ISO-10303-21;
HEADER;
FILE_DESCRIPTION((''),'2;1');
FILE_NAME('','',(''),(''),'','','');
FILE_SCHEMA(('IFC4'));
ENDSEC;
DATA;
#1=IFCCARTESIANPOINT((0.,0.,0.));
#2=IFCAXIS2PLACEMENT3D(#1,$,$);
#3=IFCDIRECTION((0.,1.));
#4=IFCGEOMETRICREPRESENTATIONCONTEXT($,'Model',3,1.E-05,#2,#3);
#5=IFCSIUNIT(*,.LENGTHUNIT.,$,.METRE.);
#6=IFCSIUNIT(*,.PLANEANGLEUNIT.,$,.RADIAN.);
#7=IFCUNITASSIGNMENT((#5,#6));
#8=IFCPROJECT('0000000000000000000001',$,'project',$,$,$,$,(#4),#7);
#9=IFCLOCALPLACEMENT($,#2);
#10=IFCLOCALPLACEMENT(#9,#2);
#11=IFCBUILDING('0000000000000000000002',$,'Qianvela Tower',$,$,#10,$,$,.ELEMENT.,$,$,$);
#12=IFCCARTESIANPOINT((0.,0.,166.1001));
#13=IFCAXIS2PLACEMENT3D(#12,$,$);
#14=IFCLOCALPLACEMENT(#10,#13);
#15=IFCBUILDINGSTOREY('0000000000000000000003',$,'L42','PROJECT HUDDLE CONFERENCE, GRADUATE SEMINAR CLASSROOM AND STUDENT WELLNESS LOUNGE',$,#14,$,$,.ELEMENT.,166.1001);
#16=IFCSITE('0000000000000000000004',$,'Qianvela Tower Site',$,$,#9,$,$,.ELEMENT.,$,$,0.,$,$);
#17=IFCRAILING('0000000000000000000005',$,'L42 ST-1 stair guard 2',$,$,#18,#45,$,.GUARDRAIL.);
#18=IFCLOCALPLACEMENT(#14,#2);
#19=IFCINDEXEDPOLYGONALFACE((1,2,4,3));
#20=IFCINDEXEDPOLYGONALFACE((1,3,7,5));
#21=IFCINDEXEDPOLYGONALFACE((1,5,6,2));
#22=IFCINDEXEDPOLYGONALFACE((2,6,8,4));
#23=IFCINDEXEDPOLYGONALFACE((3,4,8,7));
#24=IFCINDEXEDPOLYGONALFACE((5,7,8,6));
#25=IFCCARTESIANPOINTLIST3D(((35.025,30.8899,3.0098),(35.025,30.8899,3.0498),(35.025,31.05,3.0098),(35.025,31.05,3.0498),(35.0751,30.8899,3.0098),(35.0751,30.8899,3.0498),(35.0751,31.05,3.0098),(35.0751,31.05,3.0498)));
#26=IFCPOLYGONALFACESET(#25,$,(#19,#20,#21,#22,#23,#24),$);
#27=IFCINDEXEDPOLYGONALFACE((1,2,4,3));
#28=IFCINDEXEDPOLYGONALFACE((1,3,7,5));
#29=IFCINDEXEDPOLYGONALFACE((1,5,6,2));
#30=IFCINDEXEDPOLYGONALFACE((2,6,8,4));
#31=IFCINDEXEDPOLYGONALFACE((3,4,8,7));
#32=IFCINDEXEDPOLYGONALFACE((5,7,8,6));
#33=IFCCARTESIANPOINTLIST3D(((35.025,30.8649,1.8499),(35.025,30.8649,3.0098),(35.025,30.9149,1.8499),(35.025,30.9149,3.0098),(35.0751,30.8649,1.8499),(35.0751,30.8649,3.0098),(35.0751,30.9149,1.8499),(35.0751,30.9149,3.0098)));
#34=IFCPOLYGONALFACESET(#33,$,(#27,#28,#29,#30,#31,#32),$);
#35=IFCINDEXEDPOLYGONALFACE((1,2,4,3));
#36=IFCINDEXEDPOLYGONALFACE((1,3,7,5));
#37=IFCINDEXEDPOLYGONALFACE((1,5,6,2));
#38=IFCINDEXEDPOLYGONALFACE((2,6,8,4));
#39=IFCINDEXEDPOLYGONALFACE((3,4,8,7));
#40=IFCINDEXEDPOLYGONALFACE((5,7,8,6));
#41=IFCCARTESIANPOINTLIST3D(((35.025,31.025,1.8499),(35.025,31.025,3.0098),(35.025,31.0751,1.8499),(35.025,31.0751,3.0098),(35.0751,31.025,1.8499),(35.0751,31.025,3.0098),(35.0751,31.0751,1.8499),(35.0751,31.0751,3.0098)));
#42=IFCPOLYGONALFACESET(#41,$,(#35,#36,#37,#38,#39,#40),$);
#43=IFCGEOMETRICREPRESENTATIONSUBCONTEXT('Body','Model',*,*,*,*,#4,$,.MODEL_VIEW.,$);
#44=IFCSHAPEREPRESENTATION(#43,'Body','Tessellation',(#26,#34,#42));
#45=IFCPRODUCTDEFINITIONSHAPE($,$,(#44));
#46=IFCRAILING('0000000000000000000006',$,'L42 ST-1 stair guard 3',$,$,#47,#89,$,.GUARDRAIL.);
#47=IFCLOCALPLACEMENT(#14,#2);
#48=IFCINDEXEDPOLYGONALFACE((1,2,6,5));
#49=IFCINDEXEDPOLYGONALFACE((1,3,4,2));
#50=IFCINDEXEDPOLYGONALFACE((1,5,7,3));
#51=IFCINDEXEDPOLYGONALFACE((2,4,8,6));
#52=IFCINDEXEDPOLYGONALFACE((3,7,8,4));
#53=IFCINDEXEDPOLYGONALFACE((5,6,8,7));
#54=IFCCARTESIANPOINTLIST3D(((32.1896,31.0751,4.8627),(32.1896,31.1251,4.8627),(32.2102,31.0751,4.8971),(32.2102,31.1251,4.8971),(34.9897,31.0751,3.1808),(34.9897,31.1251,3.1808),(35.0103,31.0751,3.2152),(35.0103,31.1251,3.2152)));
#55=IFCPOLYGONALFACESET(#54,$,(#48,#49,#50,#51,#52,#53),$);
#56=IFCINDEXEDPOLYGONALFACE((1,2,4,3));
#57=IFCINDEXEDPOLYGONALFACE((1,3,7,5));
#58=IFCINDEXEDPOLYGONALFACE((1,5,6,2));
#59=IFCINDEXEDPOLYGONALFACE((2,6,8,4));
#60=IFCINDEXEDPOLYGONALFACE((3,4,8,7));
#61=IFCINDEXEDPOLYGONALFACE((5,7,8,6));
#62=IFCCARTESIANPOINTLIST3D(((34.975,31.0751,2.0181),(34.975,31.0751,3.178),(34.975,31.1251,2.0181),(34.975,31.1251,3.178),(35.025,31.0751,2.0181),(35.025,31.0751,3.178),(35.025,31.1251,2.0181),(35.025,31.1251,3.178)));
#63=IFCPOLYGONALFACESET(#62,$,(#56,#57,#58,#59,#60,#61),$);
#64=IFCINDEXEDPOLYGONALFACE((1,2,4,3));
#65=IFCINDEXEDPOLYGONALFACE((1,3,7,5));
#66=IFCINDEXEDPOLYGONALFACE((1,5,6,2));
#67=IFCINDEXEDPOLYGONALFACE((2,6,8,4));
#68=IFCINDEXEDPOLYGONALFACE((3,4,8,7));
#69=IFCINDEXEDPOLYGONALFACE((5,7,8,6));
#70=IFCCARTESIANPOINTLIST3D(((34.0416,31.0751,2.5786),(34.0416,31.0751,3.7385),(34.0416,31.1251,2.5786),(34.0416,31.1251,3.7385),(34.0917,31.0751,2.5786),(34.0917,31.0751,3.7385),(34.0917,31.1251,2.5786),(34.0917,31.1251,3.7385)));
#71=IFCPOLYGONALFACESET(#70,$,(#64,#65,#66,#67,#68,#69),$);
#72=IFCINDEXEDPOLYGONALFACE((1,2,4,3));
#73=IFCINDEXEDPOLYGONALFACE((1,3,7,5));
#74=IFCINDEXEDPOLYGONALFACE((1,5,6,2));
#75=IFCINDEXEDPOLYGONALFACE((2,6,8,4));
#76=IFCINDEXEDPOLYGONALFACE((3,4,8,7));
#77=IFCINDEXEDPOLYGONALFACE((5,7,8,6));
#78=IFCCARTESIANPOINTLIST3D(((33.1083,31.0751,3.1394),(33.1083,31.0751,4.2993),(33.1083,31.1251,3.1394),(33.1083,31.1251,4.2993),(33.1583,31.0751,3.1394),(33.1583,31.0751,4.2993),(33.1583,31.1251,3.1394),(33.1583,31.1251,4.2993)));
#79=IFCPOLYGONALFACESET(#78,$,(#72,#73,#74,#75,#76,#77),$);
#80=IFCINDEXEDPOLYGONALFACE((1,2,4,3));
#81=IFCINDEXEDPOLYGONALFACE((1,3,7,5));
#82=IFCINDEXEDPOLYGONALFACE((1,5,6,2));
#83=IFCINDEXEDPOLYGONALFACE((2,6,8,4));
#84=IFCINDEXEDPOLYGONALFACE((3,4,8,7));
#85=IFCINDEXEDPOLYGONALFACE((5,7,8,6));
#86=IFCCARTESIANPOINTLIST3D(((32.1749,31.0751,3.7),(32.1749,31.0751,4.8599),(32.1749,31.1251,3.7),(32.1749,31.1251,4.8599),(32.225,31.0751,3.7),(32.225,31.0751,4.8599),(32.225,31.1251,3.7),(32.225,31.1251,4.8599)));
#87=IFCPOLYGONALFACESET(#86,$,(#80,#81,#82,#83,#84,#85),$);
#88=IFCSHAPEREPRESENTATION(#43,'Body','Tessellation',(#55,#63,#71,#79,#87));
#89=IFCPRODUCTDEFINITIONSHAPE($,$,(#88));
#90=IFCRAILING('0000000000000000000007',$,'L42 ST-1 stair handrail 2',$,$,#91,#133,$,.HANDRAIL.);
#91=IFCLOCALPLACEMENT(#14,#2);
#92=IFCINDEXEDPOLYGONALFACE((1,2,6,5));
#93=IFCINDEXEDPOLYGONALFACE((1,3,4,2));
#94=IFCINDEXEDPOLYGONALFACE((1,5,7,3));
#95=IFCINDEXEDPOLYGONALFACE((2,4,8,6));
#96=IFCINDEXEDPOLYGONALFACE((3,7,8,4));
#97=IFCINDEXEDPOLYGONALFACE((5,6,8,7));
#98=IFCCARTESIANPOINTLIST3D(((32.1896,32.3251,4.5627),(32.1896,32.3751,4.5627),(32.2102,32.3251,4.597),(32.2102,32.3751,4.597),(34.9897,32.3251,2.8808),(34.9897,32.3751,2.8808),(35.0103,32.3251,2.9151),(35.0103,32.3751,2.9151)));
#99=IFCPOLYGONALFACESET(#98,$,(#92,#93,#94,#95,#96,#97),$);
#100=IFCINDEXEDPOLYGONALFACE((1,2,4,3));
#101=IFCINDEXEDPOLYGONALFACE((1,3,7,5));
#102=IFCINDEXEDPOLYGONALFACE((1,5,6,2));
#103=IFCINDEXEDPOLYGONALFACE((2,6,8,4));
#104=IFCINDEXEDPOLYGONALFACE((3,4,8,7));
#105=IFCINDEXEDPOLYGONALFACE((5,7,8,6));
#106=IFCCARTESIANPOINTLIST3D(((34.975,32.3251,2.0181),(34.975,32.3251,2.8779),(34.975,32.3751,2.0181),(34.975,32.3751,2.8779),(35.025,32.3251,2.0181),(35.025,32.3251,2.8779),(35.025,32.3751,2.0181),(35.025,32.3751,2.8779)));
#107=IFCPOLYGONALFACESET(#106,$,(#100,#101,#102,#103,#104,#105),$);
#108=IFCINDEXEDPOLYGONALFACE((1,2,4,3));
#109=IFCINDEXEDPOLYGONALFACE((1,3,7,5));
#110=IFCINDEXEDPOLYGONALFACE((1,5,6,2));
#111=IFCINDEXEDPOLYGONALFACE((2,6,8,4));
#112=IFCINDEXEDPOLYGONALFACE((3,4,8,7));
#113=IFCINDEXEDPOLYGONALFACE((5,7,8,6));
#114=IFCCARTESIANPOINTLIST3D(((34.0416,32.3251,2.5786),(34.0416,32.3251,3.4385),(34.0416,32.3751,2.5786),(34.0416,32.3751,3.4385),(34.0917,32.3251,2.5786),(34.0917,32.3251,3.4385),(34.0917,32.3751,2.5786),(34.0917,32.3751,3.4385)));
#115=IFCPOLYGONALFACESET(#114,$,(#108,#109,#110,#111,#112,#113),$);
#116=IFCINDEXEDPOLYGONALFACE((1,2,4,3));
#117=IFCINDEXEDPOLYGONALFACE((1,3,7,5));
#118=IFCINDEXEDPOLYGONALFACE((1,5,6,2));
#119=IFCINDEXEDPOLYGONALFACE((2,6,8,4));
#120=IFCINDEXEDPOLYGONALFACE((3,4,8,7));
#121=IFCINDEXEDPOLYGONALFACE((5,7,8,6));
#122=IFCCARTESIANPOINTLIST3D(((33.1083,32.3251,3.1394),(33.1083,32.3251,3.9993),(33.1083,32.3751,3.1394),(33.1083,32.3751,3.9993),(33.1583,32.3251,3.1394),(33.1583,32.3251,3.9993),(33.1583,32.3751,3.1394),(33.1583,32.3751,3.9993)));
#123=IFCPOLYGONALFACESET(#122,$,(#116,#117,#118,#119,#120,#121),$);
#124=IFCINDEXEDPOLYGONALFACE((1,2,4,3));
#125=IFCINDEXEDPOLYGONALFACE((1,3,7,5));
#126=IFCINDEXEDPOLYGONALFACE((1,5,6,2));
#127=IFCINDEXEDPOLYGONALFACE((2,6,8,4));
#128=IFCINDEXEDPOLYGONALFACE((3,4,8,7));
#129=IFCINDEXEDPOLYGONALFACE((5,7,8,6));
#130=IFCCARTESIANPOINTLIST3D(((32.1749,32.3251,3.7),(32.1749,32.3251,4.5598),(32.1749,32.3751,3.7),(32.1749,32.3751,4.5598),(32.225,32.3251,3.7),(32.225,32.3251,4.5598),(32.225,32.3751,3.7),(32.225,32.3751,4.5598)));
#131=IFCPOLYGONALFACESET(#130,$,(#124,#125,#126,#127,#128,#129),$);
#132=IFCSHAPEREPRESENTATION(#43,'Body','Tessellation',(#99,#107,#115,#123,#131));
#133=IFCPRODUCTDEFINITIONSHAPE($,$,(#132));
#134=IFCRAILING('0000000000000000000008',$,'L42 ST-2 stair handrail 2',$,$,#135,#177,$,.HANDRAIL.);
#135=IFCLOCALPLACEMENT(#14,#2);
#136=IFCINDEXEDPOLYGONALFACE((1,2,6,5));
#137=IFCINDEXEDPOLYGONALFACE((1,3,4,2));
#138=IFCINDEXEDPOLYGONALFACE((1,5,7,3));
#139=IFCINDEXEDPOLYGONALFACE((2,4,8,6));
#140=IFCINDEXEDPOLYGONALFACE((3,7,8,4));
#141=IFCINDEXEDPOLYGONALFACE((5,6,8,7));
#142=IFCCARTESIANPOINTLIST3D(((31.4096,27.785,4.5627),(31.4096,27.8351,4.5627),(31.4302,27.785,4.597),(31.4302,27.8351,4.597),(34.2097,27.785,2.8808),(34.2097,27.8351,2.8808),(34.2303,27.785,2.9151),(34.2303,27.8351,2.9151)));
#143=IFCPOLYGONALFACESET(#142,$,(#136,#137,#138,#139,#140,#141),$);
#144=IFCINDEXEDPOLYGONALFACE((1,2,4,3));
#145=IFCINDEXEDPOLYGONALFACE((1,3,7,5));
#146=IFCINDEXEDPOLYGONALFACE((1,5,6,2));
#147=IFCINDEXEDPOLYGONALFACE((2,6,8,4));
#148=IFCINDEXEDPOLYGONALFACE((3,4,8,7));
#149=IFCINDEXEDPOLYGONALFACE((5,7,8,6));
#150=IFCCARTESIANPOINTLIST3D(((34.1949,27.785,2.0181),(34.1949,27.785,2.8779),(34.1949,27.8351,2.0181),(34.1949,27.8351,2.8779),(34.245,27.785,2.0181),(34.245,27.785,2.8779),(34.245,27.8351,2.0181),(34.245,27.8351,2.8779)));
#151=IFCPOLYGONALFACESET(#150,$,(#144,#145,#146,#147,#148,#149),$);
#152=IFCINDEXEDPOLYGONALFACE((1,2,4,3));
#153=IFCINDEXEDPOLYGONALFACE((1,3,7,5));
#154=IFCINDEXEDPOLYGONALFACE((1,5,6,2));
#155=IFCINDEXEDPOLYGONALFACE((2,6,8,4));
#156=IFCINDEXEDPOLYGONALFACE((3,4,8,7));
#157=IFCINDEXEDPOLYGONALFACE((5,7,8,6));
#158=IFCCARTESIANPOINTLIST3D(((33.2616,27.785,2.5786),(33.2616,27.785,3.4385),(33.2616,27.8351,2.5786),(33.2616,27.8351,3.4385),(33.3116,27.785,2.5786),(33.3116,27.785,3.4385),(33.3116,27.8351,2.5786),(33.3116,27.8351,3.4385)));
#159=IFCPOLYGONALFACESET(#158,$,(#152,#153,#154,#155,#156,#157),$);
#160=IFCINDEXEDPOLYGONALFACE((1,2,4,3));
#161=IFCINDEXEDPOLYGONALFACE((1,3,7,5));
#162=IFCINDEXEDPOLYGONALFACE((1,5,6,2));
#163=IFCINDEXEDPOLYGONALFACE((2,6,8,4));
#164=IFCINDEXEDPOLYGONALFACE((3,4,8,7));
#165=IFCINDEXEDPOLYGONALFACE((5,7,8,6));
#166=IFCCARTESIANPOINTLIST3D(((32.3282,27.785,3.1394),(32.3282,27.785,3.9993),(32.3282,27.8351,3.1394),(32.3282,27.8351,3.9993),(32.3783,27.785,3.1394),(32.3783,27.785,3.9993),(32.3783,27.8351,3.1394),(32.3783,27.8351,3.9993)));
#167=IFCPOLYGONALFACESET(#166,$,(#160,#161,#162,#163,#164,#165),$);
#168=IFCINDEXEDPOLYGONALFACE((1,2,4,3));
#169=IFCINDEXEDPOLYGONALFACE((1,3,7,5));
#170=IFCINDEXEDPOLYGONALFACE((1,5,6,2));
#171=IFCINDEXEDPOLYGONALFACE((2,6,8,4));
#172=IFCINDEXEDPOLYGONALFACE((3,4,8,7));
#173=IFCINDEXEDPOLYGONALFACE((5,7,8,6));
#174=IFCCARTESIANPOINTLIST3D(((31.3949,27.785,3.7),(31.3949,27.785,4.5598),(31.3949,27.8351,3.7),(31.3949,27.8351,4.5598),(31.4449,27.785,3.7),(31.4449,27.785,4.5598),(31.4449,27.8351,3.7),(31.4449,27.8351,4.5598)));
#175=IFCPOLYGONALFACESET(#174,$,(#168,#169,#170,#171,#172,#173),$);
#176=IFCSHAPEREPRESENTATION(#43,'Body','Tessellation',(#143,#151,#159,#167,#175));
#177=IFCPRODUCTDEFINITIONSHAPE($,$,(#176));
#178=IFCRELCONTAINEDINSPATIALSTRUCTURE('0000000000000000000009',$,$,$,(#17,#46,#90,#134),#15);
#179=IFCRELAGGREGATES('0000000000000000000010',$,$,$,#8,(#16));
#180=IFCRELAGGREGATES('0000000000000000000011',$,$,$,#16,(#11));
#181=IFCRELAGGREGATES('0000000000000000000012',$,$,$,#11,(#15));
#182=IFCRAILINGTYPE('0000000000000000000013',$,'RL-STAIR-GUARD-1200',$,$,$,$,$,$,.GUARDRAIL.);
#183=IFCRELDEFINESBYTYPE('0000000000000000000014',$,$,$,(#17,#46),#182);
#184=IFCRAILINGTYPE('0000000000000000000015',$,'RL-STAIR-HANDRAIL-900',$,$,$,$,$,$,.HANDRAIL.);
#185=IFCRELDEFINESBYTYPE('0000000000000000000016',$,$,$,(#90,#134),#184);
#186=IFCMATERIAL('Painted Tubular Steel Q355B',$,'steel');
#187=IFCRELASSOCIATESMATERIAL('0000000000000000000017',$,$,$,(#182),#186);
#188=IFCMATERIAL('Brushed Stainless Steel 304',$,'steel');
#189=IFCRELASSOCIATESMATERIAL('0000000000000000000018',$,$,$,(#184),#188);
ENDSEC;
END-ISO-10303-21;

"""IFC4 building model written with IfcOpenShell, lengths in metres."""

from ifc_helpers import new_model, si_unit, direction, frame, origin, origin_2d, place, context, subcontext, project, spatial, rectangle, extrude, material, type_object, element, save


model = new_model("IFC4")

# Units and contexts
model_context = context("Model", 3, precision=1e-05, world=origin(), true_north=direction((0.0, 1.0)))
body_context = subcontext(model_context, "Body", "Model", "MODEL_VIEW")
ifc_project = project(units=[si_unit("LENGTHUNIT", "METRE"), si_unit("PLANEANGLEUNIT", "RADIAN")], contexts=[model_context])

# Site, building, storey
site_placement = place(None, origin())
site = spatial("IfcSite", under=ifc_project, at=site_placement, Name="Qianvela Tower Site", CompositionType="ELEMENT", RefElevation=0.0)
building_placement = place(site_placement, origin())
building = spatial("IfcBuilding", under=site, at=building_placement, Name="Qianvela Tower", CompositionType="ELEMENT")
storey_placement = place(building_placement, frame((0.0, 0.0, 166.1001)))
storey = spatial("IfcBuildingStorey", under=building, at=storey_placement, Name="L42", Description="PROJECT HUDDLE CONFERENCE, GRADUATE SEMINAR CLASSROOM AND STUDENT WELLNESS LOUNGE", CompositionType="ELEMENT", Elevation=166.1001)

# Railings
ifc_material_1 = material(Name="Painted Tubular Steel Q355B", Category="steel")
railing_type_1 = type_object("IfcRailingType", Name="RL-STAIR-GUARD-1200", PredefinedType="GUARDRAIL", material=ifc_material_1)
railing_1_placement = place(storey_placement, frame((35.05, 30.8899, 1.8499)))
element("IfcRailing", 1, at=railing_1_placement, inside=storey, type_object=railing_type_1, Name="L42 ST-1 stair guard 2", PredefinedType="GUARDRAIL", context=body_context, shape_type="SweptSolid", body=[
    extrude(rectangle(XDim=0.05, YDim=0.04, at=origin_2d()), frame((0.0, 0.0, 1.1799), z_axis=(0.0, 1.0, 0.0), x_axis=(-1.0, 0.0, 0.0)), (0.0, 0.0, 1.0), 0.1602),
    extrude(rectangle(XDim=0.05, YDim=0.05, at=origin_2d()), origin(), (0.0, 0.0, 1.0), 1.1599),
    extrude(rectangle(XDim=0.05, YDim=0.05, at=origin_2d()), frame((0.0, 0.1602, 0.0)), (0.0, 0.0, 1.0), 1.1599),
])
railing_2_placement = place(storey_placement, frame((35.0, 31.1001, 2.0181)))
element("IfcRailing", 2, at=railing_2_placement, inside=storey, type_object=railing_type_1, Name="L42 ST-1 stair guard 3", PredefinedType="GUARDRAIL", context=body_context, shape_type="SweptSolid", body=[
    extrude(rectangle(XDim=0.05, YDim=0.04, at=origin_2d()), frame((0.0, 0.0, 1.1799), z_axis=(-0.857242, 0.0, 0.514913), x_axis=(0.0, -1.0, 0.0)), (0.0, 0.0, 1.0), 3.2664),
    extrude(rectangle(XDim=0.05, YDim=0.05, at=origin_2d()), origin(), (0.0, 0.0, 1.0), 1.1599),
    extrude(rectangle(XDim=0.05, YDim=0.05, at=origin_2d()), frame((-0.9333, 0.0, 0.5605)), (0.0, 0.0, 1.0), 1.1599),
    extrude(rectangle(XDim=0.05, YDim=0.05, at=origin_2d()), frame((-1.8667, 0.0, 1.1213)), (0.0, 0.0, 1.0), 1.1599),
    extrude(rectangle(XDim=0.05, YDim=0.05, at=origin_2d()), frame((-2.8, 0.0, 1.6819)), (0.0, 0.0, 1.0), 1.1599),
])
ifc_material_2 = material(Name="Brushed Stainless Steel 304", Category="steel")
railing_type_2 = type_object("IfcRailingType", Name="RL-STAIR-HANDRAIL-900", PredefinedType="HANDRAIL", material=ifc_material_2)
for number, where, name in (
    (3, (35.0, 32.3501, 2.0181), "L42 ST-1 stair handrail 2"),
    (4, (34.22, 27.8101, 2.0181), "L42 ST-2 stair handrail 2"),
):
    element("IfcRailing", number, at=place(storey_placement, frame(where)), inside=storey, type_object=railing_type_2, Name=name, PredefinedType="HANDRAIL", context=body_context, shape_type="SweptSolid", body=[
        extrude(rectangle(XDim=0.05, YDim=0.04, at=origin_2d()), frame((0.0, 0.0, 0.8799), z_axis=(-0.857242, 0.0, 0.514913), x_axis=(0.0, -1.0, 0.0)), (0.0, 0.0, 1.0), 3.2664),
        extrude(rectangle(XDim=0.05, YDim=0.05, at=origin_2d()), origin(), (0.0, 0.0, 1.0), 0.8599),
        extrude(rectangle(XDim=0.05, YDim=0.05, at=origin_2d()), frame((-0.9333, 0.0, 0.5605)), (0.0, 0.0, 1.0), 0.8599),
        extrude(rectangle(XDim=0.05, YDim=0.05, at=origin_2d()), frame((-1.8667, 0.0, 1.1213)), (0.0, 0.0, 1.0), 0.8599),
        extrude(rectangle(XDim=0.05, YDim=0.05, at=origin_2d()), frame((-2.8, 0.0, 1.6819)), (0.0, 0.0, 1.0), 0.8599),
    ])

save(model, "model.ifc")
